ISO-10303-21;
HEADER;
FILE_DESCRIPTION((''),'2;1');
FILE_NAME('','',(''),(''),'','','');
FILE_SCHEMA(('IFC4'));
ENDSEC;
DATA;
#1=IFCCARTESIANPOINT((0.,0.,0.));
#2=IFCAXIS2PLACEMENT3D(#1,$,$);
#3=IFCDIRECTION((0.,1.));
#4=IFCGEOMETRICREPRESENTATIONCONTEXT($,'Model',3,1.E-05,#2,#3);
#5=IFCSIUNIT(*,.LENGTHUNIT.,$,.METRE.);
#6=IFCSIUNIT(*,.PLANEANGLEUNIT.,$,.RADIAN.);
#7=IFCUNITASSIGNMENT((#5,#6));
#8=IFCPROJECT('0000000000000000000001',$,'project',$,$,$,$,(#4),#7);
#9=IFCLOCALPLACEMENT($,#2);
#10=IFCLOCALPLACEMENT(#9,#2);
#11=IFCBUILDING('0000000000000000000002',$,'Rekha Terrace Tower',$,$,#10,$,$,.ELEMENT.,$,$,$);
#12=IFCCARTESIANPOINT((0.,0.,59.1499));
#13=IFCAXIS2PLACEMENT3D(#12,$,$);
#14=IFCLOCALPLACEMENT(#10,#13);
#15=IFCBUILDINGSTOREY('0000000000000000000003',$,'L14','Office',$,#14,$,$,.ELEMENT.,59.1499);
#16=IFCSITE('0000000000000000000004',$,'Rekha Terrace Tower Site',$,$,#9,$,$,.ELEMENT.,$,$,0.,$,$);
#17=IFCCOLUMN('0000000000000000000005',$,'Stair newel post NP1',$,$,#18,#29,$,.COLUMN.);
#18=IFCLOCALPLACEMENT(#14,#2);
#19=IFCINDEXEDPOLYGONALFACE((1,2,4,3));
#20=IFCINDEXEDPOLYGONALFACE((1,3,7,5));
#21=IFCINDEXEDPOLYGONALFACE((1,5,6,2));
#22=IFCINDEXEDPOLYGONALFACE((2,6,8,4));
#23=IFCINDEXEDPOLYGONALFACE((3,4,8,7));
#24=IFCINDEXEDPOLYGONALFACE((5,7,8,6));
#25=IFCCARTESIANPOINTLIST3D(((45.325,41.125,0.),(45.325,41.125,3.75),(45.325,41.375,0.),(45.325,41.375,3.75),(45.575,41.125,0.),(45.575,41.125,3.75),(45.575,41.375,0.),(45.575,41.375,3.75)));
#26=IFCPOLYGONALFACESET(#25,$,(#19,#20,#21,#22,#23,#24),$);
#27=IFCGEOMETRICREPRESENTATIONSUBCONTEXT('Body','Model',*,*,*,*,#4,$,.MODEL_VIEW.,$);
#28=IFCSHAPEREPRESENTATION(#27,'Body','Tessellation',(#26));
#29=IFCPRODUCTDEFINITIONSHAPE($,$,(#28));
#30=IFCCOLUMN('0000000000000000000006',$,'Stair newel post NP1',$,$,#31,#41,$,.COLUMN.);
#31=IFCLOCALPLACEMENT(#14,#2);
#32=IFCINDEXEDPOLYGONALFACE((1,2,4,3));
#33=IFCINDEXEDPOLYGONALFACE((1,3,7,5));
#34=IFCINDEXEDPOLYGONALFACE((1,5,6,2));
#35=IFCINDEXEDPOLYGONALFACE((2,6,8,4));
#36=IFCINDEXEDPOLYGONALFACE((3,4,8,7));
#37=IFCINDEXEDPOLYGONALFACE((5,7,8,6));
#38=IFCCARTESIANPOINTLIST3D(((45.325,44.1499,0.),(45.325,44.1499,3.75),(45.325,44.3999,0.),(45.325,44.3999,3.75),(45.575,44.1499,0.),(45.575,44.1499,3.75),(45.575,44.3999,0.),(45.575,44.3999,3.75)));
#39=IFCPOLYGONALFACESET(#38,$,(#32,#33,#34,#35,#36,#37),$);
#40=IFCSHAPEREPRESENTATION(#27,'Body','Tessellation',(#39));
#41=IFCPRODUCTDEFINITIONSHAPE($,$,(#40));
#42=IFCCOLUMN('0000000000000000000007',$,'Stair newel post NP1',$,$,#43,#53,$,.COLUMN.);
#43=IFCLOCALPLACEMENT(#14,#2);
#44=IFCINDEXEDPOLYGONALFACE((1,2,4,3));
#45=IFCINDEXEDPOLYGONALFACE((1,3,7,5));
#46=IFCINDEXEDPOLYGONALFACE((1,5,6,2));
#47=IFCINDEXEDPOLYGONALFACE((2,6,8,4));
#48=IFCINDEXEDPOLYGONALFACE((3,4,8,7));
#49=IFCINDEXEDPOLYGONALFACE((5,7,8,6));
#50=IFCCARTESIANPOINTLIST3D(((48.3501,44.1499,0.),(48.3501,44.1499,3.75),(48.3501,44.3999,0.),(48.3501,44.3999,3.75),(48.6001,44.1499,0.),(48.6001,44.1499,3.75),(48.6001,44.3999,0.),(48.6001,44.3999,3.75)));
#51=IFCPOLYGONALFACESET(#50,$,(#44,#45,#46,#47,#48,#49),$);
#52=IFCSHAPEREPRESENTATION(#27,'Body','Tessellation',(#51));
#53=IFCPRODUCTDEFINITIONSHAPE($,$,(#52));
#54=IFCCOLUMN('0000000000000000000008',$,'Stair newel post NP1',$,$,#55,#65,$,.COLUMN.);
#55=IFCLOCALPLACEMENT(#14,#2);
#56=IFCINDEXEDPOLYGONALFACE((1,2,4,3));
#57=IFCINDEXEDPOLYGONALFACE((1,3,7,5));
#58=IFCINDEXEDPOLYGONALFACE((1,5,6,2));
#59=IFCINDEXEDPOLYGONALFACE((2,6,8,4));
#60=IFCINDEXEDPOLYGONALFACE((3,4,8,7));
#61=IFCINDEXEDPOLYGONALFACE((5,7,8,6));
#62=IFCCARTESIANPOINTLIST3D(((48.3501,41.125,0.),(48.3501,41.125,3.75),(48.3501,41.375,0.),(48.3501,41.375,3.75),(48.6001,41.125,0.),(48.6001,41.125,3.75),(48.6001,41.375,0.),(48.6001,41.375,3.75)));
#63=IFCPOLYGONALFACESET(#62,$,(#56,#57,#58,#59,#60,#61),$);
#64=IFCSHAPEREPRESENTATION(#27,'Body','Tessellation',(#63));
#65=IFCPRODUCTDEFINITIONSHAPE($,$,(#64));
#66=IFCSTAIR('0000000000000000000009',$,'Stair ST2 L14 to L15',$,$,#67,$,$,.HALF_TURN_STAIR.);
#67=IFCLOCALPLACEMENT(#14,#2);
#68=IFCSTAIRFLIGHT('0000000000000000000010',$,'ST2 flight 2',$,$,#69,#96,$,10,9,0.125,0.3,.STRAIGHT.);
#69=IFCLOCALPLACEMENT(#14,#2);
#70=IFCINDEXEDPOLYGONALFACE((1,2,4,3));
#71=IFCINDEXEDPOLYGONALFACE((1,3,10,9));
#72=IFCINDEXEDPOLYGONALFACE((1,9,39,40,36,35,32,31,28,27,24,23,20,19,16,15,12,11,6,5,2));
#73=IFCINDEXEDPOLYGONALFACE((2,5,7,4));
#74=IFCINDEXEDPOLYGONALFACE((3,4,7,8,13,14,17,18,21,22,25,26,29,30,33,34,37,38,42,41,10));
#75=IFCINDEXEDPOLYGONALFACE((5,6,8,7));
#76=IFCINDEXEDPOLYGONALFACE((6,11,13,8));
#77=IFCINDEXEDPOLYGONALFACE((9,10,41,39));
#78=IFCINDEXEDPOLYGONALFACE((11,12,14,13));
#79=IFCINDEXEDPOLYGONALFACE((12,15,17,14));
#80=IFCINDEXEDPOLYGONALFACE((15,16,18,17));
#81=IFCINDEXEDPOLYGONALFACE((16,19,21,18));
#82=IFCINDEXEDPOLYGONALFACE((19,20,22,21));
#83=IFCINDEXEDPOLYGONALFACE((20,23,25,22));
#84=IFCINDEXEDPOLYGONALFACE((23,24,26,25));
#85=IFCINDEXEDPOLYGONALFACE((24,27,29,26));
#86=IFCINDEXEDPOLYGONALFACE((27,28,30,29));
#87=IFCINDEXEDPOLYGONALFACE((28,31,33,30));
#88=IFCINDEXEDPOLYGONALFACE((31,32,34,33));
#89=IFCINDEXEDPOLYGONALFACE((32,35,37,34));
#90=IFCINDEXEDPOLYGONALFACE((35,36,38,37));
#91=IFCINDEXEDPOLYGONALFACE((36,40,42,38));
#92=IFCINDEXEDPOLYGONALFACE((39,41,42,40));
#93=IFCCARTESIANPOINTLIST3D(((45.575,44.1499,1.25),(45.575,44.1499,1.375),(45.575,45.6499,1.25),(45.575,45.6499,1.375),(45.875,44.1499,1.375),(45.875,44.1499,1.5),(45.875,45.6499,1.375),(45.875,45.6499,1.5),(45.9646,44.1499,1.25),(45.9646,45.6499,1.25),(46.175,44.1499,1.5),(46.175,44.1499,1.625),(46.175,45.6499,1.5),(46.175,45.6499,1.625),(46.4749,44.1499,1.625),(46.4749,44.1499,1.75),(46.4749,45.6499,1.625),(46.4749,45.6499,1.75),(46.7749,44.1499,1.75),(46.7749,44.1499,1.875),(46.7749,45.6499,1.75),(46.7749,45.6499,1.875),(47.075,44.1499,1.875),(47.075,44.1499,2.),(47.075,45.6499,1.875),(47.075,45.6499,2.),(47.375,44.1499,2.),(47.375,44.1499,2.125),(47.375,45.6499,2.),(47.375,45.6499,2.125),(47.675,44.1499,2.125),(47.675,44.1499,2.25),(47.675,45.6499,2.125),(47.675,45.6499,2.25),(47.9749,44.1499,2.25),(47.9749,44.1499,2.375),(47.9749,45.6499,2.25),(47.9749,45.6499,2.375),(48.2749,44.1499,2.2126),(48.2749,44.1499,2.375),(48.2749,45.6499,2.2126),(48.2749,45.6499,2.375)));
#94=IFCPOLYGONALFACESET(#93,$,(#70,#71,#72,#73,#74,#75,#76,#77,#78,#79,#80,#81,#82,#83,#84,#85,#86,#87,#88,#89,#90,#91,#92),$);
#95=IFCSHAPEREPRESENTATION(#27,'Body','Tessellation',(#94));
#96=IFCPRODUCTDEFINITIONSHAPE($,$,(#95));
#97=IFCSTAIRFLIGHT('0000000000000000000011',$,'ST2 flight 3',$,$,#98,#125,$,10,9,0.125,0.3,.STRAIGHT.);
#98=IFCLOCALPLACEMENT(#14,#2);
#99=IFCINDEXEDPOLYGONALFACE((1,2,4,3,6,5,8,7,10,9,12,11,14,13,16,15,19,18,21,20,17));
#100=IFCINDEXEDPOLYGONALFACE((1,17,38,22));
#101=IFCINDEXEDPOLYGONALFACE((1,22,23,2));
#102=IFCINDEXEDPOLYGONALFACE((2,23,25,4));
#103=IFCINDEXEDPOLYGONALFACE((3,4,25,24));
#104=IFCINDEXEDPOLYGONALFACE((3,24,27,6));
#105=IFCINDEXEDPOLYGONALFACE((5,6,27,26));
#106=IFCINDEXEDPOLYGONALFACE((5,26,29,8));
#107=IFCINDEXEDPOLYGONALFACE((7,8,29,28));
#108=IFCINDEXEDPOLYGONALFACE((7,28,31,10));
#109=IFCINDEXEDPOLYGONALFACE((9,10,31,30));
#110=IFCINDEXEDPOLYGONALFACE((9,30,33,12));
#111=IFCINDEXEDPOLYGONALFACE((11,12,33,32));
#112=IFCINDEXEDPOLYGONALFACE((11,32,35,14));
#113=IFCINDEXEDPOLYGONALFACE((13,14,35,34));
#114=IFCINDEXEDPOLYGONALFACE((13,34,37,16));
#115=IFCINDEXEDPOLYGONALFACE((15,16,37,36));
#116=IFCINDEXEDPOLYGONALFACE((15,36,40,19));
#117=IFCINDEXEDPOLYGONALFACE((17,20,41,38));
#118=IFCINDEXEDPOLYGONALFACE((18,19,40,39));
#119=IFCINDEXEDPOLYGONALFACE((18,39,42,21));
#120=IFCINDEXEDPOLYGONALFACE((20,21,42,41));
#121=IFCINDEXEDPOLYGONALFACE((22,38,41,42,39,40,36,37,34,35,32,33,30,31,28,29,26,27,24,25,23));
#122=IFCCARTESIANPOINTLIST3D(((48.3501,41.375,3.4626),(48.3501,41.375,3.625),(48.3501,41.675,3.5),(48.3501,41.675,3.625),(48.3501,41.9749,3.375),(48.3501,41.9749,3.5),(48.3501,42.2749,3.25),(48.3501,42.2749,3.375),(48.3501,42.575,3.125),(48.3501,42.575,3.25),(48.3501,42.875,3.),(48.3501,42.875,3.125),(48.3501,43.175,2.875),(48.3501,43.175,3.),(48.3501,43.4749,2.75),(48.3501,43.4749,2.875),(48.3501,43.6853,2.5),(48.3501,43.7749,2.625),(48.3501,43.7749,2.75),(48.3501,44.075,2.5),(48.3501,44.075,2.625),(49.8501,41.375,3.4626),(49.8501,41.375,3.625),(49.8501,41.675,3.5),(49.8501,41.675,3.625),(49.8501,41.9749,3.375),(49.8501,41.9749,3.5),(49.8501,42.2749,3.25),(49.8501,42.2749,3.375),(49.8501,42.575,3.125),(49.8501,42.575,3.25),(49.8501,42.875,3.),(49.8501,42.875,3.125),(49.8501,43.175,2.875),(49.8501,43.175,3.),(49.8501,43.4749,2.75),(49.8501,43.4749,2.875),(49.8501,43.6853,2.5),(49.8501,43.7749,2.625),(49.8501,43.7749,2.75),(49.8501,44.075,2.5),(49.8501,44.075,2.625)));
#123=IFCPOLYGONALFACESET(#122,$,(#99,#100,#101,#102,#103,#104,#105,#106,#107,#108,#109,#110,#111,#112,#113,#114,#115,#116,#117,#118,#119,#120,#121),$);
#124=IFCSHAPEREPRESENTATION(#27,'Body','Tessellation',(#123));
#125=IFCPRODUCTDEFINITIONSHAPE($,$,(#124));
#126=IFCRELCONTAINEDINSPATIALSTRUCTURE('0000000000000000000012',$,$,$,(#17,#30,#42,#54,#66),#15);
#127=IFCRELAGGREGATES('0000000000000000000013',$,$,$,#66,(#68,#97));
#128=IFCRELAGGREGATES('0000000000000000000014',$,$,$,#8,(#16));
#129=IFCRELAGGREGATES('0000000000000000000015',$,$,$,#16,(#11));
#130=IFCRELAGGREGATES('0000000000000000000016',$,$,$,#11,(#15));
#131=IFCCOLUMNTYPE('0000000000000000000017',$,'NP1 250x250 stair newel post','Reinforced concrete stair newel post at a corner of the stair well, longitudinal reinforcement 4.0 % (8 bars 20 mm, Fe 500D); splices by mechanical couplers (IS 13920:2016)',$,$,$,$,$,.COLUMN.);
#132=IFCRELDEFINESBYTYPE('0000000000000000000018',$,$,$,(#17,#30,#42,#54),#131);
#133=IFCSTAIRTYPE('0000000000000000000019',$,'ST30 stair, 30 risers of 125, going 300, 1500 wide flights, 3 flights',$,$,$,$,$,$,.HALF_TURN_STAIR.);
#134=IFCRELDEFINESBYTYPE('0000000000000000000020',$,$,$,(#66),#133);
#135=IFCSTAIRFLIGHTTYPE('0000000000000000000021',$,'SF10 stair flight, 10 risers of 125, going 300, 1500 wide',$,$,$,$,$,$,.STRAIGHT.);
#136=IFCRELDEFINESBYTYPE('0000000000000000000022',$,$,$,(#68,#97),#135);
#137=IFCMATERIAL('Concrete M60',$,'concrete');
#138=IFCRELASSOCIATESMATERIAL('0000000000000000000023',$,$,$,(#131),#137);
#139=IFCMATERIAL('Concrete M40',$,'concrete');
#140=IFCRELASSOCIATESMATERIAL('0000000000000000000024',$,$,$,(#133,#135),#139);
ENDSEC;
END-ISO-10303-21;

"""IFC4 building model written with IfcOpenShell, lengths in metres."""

from ifc_helpers import new_model, si_unit, direction, frame, origin, origin_2d, place, context, subcontext, project, spatial, polyline, rectangle, outline, extrude, material, material_profile, profile_set, type_object, element, aggregate, save


model = new_model("IFC4")

# Units and contexts
model_context = context("Model", 3, precision=1e-05, world=origin(), true_north=direction((0.0, 1.0)))
body_context = subcontext(model_context, "Body", "Model", "MODEL_VIEW")
ifc_project = project(units=[si_unit("LENGTHUNIT", "METRE"), si_unit("PLANEANGLEUNIT", "RADIAN")], contexts=[model_context])

# Site, building, storey
site_placement = place(None, origin())
site = spatial("IfcSite", under=ifc_project, at=site_placement, Name="Rekha Terrace Tower Site", CompositionType="ELEMENT", RefElevation=0.0)
building_placement = place(site_placement, origin())
building = spatial("IfcBuilding", under=site, at=building_placement, Name="Rekha Terrace Tower", CompositionType="ELEMENT")
storey_placement = place(building_placement, frame((0.0, 0.0, 59.1499)))
storey = spatial("IfcBuildingStorey", under=building, at=storey_placement, Name="L14", Description="Office", CompositionType="ELEMENT", Elevation=59.1499)

# Columns
ifc_material_1 = material(Name="Concrete M60", Category="concrete")
ifc_material_profile = material_profile(ifc_material_1, rectangle(XDim=0.25, YDim=0.25, at=origin_2d()), Name="RC 250x250")
ifc_profile_set = profile_set([ifc_material_profile], Name="Concrete M60")
column_type = type_object("IfcColumnType", Name="NP1 250x250 stair newel post", Description="Reinforced concrete stair newel post at a corner of the stair well, longitudinal reinforcement 4.0 % (8 bars 20 mm, Fe 500D); splices by mechanical couplers (IS 13920:2016)", PredefinedType="COLUMN", material=ifc_profile_set)
for number, where, z_axis, x_axis, name in (
    (1, (45.45, 41.25, 0.0), (0.0, 0.0, 1.0), (1.0, 0.0, 0.0), "Stair newel post NP1"),
    (2, (45.45, 44.2749, 0.0), (0.0, 0.0, 1.0), (1.0, 0.0, 0.0), "Stair newel post NP1"),
    (3, (48.4751, 44.2749, 0.0), (0.0, 0.0, 1.0), (1.0, 0.0, 0.0), "Stair newel post NP1"),
    (4, (48.4751, 41.25, 0.0), (0.0, 0.0, 1.0), (1.0, 0.0, 0.0), "Stair newel post NP1"),
):
    element("IfcColumn", number, at=place(storey_placement, frame(where, z_axis=z_axis, x_axis=x_axis)), inside=storey, type_object=column_type, Name=name, PredefinedType="COLUMN", context=body_context, shape_type="SweptSolid", body=[
        extrude(rectangle(XDim=0.25, YDim=0.25, at=origin_2d()), origin(), (0.0, 0.0, 1.0), 3.75),
    ])

# Stair, stair flights
ifc_material_2 = material(Name="Concrete M40", Category="concrete")
stair_type = type_object("IfcStairType", Name="ST30 stair, 30 risers of 125, going 300, 1500 wide flights, 3 flights", PredefinedType="HALF_TURN_STAIR", material=ifc_material_2)
stair_placement = place(storey_placement, origin())
stair = element("IfcStair", 5, at=stair_placement, inside=storey, type_object=stair_type, Name="Stair ST2 L14 to L15", PredefinedType="HALF_TURN_STAIR")
stair_flight_type = type_object("IfcStairFlightType", Name="SF10 stair flight, 10 risers of 125, going 300, 1500 wide", PredefinedType="STRAIGHT", material=ifc_material_2)
stair_flight_1_placement = place(storey_placement, frame((45.575, 44.8999, 1.25), z_axis=(0.0, 0.0, 1.0), x_axis=(1.0, 0.0, 0.0)))
stair_flight_1 = element("IfcStairFlight", 6, at=stair_flight_1_placement, type_object=stair_flight_type, Name="ST2 flight 2", NumberOfRisers=10, NumberOfTreads=9, PredefinedType="STRAIGHT", RiserHeight=0.125, TreadLength=0.3, context=body_context, shape_type="SweptSolid", body=[
    extrude(outline(polyline([(0.0, 0.0), (0.0, 0.125), (0.3, 0.125), (0.3, 0.25), (0.6001, 0.25), (0.6001, 0.375), (0.8999, 0.375), (0.8999, 0.5), (1.2, 0.5), (1.2, 0.625), (1.5, 0.625), (1.5, 0.75), (1.8, 0.75), (1.8, 0.875), (2.1001, 0.875), (2.1001, 1.0), (2.3999, 1.0), (2.3999, 1.125), (2.7, 1.125), (2.7, 1.25), (2.7, 0.9626), (0.3896, 0.0), (0.0, 0.0)])), frame((0.0, 0.75, 0.0), z_axis=(0.0, -1.0, 0.0), x_axis=(1.0, 0.0, 0.0)), (0.0, 0.0, 1.0), 1.5),
])
stair_flight_2_placement = place(storey_placement, frame((49.1001, 44.075, 2.5), z_axis=(0.0, 0.0, 1.0), x_axis=(0.0, -1.0, 0.0)))
stair_flight_2 = element("IfcStairFlight", 7, at=stair_flight_2_placement, type_object=stair_flight_type, Name="ST2 flight 3", NumberOfRisers=10, NumberOfTreads=9, PredefinedType="STRAIGHT", RiserHeight=0.125, TreadLength=0.3, context=body_context, shape_type="SweptSolid", body=[
    extrude(outline(polyline([(0.0, 0.0), (0.0, 0.125), (0.3, 0.125), (0.3, 0.25), (0.6001, 0.25), (0.6001, 0.375), (0.8999, 0.375), (0.8999, 0.5), (1.2, 0.5), (1.2, 0.625), (1.5, 0.625), (1.5, 0.75), (1.8, 0.75), (1.8, 0.875), (2.1001, 0.875), (2.1001, 1.0), (2.3999, 1.0), (2.3999, 1.125), (2.7, 1.125), (2.7, 1.25), (2.7, 0.9626), (0.3896, 0.0), (0.0, 0.0)])), frame((0.0, 0.75, 0.0), z_axis=(0.0, -1.0, 0.0), x_axis=(1.0, 0.0, 0.0)), (0.0, 0.0, 1.0), 1.5),
])
aggregate(stair, [stair_flight_1, stair_flight_2])

save(model, "model.ifc")
